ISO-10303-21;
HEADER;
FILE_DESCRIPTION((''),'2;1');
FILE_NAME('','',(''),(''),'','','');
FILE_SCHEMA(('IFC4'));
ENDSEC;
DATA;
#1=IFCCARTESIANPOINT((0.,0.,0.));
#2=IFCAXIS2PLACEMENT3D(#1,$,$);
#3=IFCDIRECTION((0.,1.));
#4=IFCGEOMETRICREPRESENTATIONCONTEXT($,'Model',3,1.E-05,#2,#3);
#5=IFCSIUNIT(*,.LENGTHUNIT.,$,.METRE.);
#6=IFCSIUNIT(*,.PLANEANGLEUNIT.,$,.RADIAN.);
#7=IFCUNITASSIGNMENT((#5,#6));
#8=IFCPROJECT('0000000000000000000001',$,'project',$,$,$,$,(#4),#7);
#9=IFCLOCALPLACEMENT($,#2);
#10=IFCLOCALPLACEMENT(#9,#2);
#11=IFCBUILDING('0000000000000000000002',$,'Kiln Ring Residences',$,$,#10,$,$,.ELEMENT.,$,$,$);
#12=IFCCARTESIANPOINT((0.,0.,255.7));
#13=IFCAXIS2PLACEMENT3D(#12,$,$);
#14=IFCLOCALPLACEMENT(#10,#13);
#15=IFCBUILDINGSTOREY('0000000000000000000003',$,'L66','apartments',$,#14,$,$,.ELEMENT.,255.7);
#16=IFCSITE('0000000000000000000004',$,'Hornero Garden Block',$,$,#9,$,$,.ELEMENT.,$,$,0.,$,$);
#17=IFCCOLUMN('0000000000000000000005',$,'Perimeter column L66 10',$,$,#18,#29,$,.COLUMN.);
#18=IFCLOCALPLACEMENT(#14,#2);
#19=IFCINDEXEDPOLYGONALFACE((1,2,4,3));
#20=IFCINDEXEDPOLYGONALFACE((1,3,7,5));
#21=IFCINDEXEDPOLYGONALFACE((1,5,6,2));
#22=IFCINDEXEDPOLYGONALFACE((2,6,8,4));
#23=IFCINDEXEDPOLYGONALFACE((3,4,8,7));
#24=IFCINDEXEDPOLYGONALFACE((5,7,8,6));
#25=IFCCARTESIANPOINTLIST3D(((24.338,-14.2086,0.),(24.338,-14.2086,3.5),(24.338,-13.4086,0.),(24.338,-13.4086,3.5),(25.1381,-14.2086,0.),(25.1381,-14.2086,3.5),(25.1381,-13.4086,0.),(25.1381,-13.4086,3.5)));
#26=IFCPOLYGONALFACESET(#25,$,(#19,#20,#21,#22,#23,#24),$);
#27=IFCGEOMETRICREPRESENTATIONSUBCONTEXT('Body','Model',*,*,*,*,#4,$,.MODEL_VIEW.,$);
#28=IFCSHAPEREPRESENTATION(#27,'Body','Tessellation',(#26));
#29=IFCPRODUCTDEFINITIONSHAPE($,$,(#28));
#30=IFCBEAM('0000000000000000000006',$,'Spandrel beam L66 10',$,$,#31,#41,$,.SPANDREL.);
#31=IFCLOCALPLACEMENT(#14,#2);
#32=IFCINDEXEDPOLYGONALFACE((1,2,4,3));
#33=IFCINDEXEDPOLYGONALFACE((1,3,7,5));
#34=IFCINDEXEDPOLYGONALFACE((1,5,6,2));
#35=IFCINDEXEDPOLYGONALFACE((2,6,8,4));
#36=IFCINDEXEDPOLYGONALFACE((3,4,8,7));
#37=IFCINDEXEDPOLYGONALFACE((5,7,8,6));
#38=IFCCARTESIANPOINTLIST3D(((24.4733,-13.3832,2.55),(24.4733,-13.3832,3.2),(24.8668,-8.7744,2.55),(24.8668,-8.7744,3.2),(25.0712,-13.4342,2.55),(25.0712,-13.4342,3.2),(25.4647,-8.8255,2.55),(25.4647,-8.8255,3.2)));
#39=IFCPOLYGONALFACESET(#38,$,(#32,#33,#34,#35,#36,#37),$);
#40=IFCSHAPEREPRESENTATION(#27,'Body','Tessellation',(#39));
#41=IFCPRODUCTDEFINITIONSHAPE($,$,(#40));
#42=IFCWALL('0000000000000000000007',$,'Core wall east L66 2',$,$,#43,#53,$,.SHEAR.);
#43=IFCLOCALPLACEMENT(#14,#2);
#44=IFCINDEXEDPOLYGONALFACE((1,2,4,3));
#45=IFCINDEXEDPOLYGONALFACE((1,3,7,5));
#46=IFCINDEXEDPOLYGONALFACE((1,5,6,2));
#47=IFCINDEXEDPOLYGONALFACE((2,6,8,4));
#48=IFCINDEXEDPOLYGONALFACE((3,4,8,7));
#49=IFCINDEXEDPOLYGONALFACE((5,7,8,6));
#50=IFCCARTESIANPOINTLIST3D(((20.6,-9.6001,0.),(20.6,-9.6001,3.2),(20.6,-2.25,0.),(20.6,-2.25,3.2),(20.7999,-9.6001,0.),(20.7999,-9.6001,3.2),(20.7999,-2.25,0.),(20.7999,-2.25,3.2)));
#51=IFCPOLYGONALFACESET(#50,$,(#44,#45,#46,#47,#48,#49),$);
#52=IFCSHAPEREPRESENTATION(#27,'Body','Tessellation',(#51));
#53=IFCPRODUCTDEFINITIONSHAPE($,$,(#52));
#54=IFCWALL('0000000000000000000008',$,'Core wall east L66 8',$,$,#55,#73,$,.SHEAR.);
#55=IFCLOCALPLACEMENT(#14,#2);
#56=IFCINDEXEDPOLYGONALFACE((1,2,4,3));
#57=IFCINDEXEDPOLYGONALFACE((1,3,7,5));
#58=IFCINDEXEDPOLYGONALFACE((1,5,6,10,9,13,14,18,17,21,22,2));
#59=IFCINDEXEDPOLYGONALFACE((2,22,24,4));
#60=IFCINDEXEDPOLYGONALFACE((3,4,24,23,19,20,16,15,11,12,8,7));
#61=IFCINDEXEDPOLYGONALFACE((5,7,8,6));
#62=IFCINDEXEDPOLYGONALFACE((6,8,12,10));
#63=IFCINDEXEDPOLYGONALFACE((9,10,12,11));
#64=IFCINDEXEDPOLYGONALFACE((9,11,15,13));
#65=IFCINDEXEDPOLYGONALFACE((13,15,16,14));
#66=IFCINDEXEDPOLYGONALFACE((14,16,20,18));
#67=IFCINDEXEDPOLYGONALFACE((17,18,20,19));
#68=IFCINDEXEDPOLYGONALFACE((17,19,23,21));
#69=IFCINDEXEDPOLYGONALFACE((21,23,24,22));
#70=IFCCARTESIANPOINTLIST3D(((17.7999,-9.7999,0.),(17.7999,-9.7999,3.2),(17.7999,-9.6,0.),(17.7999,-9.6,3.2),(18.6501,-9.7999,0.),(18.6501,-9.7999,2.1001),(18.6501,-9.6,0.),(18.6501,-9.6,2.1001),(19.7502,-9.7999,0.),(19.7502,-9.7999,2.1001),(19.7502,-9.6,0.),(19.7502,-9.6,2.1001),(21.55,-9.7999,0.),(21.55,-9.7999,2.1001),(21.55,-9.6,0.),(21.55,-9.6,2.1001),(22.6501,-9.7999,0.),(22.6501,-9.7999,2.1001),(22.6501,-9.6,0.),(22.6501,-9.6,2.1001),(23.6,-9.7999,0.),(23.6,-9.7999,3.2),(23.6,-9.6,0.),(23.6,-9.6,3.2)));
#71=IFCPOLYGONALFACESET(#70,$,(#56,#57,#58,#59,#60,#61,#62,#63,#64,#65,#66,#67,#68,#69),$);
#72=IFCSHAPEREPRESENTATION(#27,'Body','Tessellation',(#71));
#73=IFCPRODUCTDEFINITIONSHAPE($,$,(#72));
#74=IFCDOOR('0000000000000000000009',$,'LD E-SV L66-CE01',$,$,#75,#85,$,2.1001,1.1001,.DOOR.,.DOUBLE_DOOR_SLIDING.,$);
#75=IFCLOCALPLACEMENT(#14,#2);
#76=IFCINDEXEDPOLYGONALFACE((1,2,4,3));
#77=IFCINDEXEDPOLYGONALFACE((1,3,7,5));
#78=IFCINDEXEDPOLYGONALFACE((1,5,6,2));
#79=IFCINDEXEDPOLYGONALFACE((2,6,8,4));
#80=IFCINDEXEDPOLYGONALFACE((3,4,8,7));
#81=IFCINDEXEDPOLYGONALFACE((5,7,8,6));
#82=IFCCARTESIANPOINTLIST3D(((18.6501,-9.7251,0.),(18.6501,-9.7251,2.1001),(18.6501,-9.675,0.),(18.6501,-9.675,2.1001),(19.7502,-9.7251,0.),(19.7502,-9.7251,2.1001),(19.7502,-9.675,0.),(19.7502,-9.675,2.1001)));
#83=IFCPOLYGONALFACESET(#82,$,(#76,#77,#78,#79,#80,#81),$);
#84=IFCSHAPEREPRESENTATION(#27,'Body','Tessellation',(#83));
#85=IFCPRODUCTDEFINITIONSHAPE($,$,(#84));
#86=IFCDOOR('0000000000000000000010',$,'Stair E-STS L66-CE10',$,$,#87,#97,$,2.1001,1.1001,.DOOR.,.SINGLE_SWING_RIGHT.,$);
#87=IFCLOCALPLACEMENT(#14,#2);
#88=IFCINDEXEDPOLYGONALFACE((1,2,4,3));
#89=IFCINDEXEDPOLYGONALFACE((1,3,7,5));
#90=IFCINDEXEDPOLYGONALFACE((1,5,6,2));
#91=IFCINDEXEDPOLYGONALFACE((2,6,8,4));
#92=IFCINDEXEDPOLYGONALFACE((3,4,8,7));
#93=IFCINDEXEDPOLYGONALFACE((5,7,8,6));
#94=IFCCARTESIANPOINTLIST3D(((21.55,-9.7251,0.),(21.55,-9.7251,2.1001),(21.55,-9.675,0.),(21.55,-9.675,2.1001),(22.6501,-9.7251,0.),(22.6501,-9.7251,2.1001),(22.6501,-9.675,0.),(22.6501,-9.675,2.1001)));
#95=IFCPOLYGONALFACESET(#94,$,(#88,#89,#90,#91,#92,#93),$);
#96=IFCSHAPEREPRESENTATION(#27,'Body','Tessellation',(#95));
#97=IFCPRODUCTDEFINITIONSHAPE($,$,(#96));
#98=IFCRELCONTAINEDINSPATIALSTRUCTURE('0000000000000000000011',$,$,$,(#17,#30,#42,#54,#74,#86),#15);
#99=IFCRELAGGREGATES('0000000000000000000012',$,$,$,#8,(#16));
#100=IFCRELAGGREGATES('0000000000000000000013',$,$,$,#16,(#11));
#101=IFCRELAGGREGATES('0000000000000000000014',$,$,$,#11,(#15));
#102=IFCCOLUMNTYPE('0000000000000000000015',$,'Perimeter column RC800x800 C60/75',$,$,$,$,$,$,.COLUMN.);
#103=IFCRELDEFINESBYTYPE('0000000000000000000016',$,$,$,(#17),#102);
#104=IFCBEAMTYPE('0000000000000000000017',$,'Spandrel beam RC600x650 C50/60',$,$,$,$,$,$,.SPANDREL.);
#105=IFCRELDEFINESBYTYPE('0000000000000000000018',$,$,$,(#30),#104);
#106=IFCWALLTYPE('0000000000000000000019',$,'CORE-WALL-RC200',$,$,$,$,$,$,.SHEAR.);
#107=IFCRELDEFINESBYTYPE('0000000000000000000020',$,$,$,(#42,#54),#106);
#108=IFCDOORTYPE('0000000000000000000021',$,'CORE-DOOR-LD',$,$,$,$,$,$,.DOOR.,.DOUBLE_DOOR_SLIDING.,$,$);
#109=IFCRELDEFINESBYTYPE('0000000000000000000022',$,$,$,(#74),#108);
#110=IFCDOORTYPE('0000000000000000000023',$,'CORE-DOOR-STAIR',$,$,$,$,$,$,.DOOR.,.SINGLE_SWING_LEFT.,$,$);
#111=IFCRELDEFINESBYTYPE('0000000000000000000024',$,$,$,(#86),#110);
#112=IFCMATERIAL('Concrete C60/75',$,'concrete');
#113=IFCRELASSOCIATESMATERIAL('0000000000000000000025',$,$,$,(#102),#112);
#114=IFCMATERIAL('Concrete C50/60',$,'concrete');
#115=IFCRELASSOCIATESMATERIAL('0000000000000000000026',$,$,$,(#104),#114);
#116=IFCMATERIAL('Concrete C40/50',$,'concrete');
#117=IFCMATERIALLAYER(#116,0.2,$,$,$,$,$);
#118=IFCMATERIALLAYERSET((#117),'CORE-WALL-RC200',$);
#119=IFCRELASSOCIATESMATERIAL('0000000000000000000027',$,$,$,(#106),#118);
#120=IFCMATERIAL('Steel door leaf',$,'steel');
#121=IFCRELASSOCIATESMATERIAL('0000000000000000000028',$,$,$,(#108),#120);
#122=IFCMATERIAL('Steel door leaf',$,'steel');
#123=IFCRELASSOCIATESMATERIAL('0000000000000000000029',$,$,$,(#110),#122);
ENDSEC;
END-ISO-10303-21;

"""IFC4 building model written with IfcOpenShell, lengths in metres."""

from ifc_helpers import new_model, si_unit, direction, frame, frame_2d, origin, origin_2d, place, context, subcontext, project, spatial, rectangle, extrude, material, layer, layer_set, material_profile, profile_set, type_object, element, fill, save


model = new_model("IFC4")

# Units and contexts
model_context = context("Model", 3, precision=1e-05, world=origin(), true_north=direction((0.0, 1.0)))
body_context = subcontext(model_context, "Body", "Model", "MODEL_VIEW")
ifc_project = project(units=[si_unit("LENGTHUNIT", "METRE"), si_unit("PLANEANGLEUNIT", "RADIAN")], contexts=[model_context])

# Site, building, storey
site_placement = place(None, origin())
site = spatial("IfcSite", under=ifc_project, at=site_placement, Name="Hornero Garden Block", CompositionType="ELEMENT", RefElevation=0.0)
building_placement = place(site_placement, origin())
building = spatial("IfcBuilding", under=site, at=building_placement, Name="Kiln Ring Residences", CompositionType="ELEMENT")
storey_placement = place(building_placement, frame((0.0, 0.0, 255.7)))
storey = spatial("IfcBuildingStorey", under=building, at=storey_placement, Name="L66", Description="apartments", CompositionType="ELEMENT", Elevation=255.7)

# Column
ifc_material_1 = material(Name="Concrete C60/75", Category="concrete")
ifc_material_profile_1 = material_profile(ifc_material_1, rectangle(XDim=0.8, YDim=0.8, at=origin_2d()), Name="RC800x800")
ifc_profile_set_1 = profile_set([ifc_material_profile_1], Name="Concrete C60/75")
column_type = type_object("IfcColumnType", Name="Perimeter column RC800x800 C60/75", PredefinedType="COLUMN", material=ifc_profile_set_1)
column_placement = place(storey_placement, frame((24.738, -13.8086, 0.0), z_axis=(0.0, 0.0, 1.0), x_axis=(1.0, 0.0, 0.0)))
element("IfcColumn", 1, at=column_placement, inside=storey, type_object=column_type, Name="Perimeter column L66 10", PredefinedType="COLUMN", context=body_context, shape_type="SweptSolid", body=[
    extrude(rectangle(XDim=0.8, YDim=0.8, at=origin_2d()), origin(), (0.0, 0.0, 1.0), 3.5),
])

# Beam
ifc_material_2 = material(Name="Concrete C50/60", Category="concrete")
ifc_material_profile_2 = material_profile(ifc_material_2, rectangle(XDim=0.6001, YDim=0.6499, at=origin_2d()), Name="RC600x650")
ifc_profile_set_2 = profile_set([ifc_material_profile_2], Name="Concrete C50/60")
beam_type = type_object("IfcBeamType", Name="Spandrel beam RC600x650 C50/60", PredefinedType="SPANDREL", material=ifc_profile_set_2)
beam_placement = place(storey_placement, frame((24.7722, -13.4087, 2.875), z_axis=(0.085085, 0.996374, 0.0), x_axis=(-0.996374, 0.085085, 0.0)))
element("IfcBeam", 2, at=beam_placement, inside=storey, type_object=beam_type, Name="Spandrel beam L66 10", PredefinedType="SPANDREL", context=body_context, shape_type="SweptSolid", body=[
    extrude(rectangle(XDim=0.6001, YDim=0.6499, at=origin_2d()), origin(), (0.0, 0.0, 1.0), 4.6255),
])

# Wall
ifc_material_3 = material(Name="Concrete C40/50", Category="concrete")
ifc_layer_1 = layer(ifc_material_3, 0.2)
ifc_layer_set_1 = layer_set([ifc_layer_1], Name="CORE-WALL-RC200")
wall_type_1 = type_object("IfcWallType", Name="CORE-WALL-RC200", PredefinedType="SHEAR", material=ifc_layer_set_1)
wall_1_placement = place(storey_placement, frame((20.7, -9.6001, 0.0), z_axis=(0.0, 0.0, 1.0), x_axis=(0.0, 1.0, 0.0)))
element("IfcWall", 3, at=wall_1_placement, inside=storey, type_object=wall_type_1, Name="Core wall east L66 2", PredefinedType="SHEAR", context=body_context, shape_type="SweptSolid", body=[
    extrude(rectangle(XDim=7.3501, YDim=0.2, at=frame_2d((3.675, 0.0))), origin(), (0.0, 0.0, 1.0), 3.2),
])

# Wall, openings, doors
wall_2_placement = place(storey_placement, frame((17.8, -9.7, 0.0), z_axis=(0.0, 0.0, 1.0), x_axis=(1.0, 0.0, 0.0)))
wall_2 = element("IfcWall", 4, at=wall_2_placement, inside=storey, type_object=wall_type_1, Name="Core wall east L66 8", PredefinedType="SHEAR", context=body_context, shape_type="SweptSolid", body=[
    extrude(rectangle(XDim=5.8, YDim=0.2, at=frame_2d((2.8999, 0.0))), origin(), (0.0, 0.0, 1.0), 3.2),
])
opening_1_placement = place(wall_2_placement, frame((0.8501, 0.0, 0.0)))
opening_1 = element("IfcOpeningElement", 5, at=opening_1_placement, cuts=wall_2, PredefinedType="OPENING", context=body_context, shape_type="SweptSolid", body=[
    extrude(rectangle(XDim=1.1001, YDim=2.1001, at=frame_2d((0.55, 1.05))), frame((0.0, 0.1099, 0.0), z_axis=(0.0, -1.0, 0.0), x_axis=(1.0, 0.0, 0.0)), (0.0, 0.0, 1.0), 0.22),
])
opening_2_placement = place(wall_2_placement, frame((3.75, 0.0, 0.0)))
opening_2 = element("IfcOpeningElement", 6, at=opening_2_placement, cuts=wall_2, PredefinedType="OPENING", context=body_context, shape_type="SweptSolid", body=[
    extrude(rectangle(XDim=1.1001, YDim=2.1001, at=frame_2d((0.55, 1.05))), frame((0.0, 0.1099, 0.0), z_axis=(0.0, -1.0, 0.0), x_axis=(1.0, 0.0, 0.0)), (0.0, 0.0, 1.0), 0.22),
])
ifc_material_4 = material(Name="Steel door leaf", Category="steel")
door_type_1 = type_object("IfcDoorType", Name="CORE-DOOR-LD", OperationType="DOUBLE_DOOR_SLIDING", PredefinedType="DOOR", material=ifc_material_4)
door_1_placement = place(opening_1_placement, origin())
door_1 = element("IfcDoor", 7, at=door_1_placement, inside=storey, type_object=door_type_1, Name="LD E-SV L66-CE01", OperationType="DOUBLE_DOOR_SLIDING", OverallHeight=2.1001, OverallWidth=1.1001, PredefinedType="DOOR", context=body_context, shape_type="SweptSolid", body=[
    extrude(rectangle(XDim=1.1001, YDim=2.1001, at=frame_2d((0.55, 1.05))), frame((0.0, 0.0249, 0.0), z_axis=(0.0, -1.0, 0.0), x_axis=(1.0, 0.0, 0.0)), (0.0, 0.0, 1.0), 0.05),
])
fill(opening_1, door_1)
ifc_material_5 = material(Name="Steel door leaf", Category="steel")
door_type_2 = type_object("IfcDoorType", Name="CORE-DOOR-STAIR", OperationType="SINGLE_SWING_LEFT", PredefinedType="DOOR", material=ifc_material_5)
door_2_placement = place(opening_2_placement, origin())
door_2 = element("IfcDoor", 8, at=door_2_placement, inside=storey, type_object=door_type_2, Name="Stair E-STS L66-CE10", OperationType="SINGLE_SWING_RIGHT", OverallHeight=2.1001, OverallWidth=1.1001, PredefinedType="DOOR", context=body_context, shape_type="SweptSolid", body=[
    extrude(rectangle(XDim=1.1001, YDim=2.1001, at=frame_2d((0.55, 1.05))), frame((0.0, 0.0249, 0.0), z_axis=(0.0, -1.0, 0.0), x_axis=(1.0, 0.0, 0.0)), (0.0, 0.0, 1.0), 0.05),
])
fill(opening_2, door_2)

save(model, "model.ifc")
